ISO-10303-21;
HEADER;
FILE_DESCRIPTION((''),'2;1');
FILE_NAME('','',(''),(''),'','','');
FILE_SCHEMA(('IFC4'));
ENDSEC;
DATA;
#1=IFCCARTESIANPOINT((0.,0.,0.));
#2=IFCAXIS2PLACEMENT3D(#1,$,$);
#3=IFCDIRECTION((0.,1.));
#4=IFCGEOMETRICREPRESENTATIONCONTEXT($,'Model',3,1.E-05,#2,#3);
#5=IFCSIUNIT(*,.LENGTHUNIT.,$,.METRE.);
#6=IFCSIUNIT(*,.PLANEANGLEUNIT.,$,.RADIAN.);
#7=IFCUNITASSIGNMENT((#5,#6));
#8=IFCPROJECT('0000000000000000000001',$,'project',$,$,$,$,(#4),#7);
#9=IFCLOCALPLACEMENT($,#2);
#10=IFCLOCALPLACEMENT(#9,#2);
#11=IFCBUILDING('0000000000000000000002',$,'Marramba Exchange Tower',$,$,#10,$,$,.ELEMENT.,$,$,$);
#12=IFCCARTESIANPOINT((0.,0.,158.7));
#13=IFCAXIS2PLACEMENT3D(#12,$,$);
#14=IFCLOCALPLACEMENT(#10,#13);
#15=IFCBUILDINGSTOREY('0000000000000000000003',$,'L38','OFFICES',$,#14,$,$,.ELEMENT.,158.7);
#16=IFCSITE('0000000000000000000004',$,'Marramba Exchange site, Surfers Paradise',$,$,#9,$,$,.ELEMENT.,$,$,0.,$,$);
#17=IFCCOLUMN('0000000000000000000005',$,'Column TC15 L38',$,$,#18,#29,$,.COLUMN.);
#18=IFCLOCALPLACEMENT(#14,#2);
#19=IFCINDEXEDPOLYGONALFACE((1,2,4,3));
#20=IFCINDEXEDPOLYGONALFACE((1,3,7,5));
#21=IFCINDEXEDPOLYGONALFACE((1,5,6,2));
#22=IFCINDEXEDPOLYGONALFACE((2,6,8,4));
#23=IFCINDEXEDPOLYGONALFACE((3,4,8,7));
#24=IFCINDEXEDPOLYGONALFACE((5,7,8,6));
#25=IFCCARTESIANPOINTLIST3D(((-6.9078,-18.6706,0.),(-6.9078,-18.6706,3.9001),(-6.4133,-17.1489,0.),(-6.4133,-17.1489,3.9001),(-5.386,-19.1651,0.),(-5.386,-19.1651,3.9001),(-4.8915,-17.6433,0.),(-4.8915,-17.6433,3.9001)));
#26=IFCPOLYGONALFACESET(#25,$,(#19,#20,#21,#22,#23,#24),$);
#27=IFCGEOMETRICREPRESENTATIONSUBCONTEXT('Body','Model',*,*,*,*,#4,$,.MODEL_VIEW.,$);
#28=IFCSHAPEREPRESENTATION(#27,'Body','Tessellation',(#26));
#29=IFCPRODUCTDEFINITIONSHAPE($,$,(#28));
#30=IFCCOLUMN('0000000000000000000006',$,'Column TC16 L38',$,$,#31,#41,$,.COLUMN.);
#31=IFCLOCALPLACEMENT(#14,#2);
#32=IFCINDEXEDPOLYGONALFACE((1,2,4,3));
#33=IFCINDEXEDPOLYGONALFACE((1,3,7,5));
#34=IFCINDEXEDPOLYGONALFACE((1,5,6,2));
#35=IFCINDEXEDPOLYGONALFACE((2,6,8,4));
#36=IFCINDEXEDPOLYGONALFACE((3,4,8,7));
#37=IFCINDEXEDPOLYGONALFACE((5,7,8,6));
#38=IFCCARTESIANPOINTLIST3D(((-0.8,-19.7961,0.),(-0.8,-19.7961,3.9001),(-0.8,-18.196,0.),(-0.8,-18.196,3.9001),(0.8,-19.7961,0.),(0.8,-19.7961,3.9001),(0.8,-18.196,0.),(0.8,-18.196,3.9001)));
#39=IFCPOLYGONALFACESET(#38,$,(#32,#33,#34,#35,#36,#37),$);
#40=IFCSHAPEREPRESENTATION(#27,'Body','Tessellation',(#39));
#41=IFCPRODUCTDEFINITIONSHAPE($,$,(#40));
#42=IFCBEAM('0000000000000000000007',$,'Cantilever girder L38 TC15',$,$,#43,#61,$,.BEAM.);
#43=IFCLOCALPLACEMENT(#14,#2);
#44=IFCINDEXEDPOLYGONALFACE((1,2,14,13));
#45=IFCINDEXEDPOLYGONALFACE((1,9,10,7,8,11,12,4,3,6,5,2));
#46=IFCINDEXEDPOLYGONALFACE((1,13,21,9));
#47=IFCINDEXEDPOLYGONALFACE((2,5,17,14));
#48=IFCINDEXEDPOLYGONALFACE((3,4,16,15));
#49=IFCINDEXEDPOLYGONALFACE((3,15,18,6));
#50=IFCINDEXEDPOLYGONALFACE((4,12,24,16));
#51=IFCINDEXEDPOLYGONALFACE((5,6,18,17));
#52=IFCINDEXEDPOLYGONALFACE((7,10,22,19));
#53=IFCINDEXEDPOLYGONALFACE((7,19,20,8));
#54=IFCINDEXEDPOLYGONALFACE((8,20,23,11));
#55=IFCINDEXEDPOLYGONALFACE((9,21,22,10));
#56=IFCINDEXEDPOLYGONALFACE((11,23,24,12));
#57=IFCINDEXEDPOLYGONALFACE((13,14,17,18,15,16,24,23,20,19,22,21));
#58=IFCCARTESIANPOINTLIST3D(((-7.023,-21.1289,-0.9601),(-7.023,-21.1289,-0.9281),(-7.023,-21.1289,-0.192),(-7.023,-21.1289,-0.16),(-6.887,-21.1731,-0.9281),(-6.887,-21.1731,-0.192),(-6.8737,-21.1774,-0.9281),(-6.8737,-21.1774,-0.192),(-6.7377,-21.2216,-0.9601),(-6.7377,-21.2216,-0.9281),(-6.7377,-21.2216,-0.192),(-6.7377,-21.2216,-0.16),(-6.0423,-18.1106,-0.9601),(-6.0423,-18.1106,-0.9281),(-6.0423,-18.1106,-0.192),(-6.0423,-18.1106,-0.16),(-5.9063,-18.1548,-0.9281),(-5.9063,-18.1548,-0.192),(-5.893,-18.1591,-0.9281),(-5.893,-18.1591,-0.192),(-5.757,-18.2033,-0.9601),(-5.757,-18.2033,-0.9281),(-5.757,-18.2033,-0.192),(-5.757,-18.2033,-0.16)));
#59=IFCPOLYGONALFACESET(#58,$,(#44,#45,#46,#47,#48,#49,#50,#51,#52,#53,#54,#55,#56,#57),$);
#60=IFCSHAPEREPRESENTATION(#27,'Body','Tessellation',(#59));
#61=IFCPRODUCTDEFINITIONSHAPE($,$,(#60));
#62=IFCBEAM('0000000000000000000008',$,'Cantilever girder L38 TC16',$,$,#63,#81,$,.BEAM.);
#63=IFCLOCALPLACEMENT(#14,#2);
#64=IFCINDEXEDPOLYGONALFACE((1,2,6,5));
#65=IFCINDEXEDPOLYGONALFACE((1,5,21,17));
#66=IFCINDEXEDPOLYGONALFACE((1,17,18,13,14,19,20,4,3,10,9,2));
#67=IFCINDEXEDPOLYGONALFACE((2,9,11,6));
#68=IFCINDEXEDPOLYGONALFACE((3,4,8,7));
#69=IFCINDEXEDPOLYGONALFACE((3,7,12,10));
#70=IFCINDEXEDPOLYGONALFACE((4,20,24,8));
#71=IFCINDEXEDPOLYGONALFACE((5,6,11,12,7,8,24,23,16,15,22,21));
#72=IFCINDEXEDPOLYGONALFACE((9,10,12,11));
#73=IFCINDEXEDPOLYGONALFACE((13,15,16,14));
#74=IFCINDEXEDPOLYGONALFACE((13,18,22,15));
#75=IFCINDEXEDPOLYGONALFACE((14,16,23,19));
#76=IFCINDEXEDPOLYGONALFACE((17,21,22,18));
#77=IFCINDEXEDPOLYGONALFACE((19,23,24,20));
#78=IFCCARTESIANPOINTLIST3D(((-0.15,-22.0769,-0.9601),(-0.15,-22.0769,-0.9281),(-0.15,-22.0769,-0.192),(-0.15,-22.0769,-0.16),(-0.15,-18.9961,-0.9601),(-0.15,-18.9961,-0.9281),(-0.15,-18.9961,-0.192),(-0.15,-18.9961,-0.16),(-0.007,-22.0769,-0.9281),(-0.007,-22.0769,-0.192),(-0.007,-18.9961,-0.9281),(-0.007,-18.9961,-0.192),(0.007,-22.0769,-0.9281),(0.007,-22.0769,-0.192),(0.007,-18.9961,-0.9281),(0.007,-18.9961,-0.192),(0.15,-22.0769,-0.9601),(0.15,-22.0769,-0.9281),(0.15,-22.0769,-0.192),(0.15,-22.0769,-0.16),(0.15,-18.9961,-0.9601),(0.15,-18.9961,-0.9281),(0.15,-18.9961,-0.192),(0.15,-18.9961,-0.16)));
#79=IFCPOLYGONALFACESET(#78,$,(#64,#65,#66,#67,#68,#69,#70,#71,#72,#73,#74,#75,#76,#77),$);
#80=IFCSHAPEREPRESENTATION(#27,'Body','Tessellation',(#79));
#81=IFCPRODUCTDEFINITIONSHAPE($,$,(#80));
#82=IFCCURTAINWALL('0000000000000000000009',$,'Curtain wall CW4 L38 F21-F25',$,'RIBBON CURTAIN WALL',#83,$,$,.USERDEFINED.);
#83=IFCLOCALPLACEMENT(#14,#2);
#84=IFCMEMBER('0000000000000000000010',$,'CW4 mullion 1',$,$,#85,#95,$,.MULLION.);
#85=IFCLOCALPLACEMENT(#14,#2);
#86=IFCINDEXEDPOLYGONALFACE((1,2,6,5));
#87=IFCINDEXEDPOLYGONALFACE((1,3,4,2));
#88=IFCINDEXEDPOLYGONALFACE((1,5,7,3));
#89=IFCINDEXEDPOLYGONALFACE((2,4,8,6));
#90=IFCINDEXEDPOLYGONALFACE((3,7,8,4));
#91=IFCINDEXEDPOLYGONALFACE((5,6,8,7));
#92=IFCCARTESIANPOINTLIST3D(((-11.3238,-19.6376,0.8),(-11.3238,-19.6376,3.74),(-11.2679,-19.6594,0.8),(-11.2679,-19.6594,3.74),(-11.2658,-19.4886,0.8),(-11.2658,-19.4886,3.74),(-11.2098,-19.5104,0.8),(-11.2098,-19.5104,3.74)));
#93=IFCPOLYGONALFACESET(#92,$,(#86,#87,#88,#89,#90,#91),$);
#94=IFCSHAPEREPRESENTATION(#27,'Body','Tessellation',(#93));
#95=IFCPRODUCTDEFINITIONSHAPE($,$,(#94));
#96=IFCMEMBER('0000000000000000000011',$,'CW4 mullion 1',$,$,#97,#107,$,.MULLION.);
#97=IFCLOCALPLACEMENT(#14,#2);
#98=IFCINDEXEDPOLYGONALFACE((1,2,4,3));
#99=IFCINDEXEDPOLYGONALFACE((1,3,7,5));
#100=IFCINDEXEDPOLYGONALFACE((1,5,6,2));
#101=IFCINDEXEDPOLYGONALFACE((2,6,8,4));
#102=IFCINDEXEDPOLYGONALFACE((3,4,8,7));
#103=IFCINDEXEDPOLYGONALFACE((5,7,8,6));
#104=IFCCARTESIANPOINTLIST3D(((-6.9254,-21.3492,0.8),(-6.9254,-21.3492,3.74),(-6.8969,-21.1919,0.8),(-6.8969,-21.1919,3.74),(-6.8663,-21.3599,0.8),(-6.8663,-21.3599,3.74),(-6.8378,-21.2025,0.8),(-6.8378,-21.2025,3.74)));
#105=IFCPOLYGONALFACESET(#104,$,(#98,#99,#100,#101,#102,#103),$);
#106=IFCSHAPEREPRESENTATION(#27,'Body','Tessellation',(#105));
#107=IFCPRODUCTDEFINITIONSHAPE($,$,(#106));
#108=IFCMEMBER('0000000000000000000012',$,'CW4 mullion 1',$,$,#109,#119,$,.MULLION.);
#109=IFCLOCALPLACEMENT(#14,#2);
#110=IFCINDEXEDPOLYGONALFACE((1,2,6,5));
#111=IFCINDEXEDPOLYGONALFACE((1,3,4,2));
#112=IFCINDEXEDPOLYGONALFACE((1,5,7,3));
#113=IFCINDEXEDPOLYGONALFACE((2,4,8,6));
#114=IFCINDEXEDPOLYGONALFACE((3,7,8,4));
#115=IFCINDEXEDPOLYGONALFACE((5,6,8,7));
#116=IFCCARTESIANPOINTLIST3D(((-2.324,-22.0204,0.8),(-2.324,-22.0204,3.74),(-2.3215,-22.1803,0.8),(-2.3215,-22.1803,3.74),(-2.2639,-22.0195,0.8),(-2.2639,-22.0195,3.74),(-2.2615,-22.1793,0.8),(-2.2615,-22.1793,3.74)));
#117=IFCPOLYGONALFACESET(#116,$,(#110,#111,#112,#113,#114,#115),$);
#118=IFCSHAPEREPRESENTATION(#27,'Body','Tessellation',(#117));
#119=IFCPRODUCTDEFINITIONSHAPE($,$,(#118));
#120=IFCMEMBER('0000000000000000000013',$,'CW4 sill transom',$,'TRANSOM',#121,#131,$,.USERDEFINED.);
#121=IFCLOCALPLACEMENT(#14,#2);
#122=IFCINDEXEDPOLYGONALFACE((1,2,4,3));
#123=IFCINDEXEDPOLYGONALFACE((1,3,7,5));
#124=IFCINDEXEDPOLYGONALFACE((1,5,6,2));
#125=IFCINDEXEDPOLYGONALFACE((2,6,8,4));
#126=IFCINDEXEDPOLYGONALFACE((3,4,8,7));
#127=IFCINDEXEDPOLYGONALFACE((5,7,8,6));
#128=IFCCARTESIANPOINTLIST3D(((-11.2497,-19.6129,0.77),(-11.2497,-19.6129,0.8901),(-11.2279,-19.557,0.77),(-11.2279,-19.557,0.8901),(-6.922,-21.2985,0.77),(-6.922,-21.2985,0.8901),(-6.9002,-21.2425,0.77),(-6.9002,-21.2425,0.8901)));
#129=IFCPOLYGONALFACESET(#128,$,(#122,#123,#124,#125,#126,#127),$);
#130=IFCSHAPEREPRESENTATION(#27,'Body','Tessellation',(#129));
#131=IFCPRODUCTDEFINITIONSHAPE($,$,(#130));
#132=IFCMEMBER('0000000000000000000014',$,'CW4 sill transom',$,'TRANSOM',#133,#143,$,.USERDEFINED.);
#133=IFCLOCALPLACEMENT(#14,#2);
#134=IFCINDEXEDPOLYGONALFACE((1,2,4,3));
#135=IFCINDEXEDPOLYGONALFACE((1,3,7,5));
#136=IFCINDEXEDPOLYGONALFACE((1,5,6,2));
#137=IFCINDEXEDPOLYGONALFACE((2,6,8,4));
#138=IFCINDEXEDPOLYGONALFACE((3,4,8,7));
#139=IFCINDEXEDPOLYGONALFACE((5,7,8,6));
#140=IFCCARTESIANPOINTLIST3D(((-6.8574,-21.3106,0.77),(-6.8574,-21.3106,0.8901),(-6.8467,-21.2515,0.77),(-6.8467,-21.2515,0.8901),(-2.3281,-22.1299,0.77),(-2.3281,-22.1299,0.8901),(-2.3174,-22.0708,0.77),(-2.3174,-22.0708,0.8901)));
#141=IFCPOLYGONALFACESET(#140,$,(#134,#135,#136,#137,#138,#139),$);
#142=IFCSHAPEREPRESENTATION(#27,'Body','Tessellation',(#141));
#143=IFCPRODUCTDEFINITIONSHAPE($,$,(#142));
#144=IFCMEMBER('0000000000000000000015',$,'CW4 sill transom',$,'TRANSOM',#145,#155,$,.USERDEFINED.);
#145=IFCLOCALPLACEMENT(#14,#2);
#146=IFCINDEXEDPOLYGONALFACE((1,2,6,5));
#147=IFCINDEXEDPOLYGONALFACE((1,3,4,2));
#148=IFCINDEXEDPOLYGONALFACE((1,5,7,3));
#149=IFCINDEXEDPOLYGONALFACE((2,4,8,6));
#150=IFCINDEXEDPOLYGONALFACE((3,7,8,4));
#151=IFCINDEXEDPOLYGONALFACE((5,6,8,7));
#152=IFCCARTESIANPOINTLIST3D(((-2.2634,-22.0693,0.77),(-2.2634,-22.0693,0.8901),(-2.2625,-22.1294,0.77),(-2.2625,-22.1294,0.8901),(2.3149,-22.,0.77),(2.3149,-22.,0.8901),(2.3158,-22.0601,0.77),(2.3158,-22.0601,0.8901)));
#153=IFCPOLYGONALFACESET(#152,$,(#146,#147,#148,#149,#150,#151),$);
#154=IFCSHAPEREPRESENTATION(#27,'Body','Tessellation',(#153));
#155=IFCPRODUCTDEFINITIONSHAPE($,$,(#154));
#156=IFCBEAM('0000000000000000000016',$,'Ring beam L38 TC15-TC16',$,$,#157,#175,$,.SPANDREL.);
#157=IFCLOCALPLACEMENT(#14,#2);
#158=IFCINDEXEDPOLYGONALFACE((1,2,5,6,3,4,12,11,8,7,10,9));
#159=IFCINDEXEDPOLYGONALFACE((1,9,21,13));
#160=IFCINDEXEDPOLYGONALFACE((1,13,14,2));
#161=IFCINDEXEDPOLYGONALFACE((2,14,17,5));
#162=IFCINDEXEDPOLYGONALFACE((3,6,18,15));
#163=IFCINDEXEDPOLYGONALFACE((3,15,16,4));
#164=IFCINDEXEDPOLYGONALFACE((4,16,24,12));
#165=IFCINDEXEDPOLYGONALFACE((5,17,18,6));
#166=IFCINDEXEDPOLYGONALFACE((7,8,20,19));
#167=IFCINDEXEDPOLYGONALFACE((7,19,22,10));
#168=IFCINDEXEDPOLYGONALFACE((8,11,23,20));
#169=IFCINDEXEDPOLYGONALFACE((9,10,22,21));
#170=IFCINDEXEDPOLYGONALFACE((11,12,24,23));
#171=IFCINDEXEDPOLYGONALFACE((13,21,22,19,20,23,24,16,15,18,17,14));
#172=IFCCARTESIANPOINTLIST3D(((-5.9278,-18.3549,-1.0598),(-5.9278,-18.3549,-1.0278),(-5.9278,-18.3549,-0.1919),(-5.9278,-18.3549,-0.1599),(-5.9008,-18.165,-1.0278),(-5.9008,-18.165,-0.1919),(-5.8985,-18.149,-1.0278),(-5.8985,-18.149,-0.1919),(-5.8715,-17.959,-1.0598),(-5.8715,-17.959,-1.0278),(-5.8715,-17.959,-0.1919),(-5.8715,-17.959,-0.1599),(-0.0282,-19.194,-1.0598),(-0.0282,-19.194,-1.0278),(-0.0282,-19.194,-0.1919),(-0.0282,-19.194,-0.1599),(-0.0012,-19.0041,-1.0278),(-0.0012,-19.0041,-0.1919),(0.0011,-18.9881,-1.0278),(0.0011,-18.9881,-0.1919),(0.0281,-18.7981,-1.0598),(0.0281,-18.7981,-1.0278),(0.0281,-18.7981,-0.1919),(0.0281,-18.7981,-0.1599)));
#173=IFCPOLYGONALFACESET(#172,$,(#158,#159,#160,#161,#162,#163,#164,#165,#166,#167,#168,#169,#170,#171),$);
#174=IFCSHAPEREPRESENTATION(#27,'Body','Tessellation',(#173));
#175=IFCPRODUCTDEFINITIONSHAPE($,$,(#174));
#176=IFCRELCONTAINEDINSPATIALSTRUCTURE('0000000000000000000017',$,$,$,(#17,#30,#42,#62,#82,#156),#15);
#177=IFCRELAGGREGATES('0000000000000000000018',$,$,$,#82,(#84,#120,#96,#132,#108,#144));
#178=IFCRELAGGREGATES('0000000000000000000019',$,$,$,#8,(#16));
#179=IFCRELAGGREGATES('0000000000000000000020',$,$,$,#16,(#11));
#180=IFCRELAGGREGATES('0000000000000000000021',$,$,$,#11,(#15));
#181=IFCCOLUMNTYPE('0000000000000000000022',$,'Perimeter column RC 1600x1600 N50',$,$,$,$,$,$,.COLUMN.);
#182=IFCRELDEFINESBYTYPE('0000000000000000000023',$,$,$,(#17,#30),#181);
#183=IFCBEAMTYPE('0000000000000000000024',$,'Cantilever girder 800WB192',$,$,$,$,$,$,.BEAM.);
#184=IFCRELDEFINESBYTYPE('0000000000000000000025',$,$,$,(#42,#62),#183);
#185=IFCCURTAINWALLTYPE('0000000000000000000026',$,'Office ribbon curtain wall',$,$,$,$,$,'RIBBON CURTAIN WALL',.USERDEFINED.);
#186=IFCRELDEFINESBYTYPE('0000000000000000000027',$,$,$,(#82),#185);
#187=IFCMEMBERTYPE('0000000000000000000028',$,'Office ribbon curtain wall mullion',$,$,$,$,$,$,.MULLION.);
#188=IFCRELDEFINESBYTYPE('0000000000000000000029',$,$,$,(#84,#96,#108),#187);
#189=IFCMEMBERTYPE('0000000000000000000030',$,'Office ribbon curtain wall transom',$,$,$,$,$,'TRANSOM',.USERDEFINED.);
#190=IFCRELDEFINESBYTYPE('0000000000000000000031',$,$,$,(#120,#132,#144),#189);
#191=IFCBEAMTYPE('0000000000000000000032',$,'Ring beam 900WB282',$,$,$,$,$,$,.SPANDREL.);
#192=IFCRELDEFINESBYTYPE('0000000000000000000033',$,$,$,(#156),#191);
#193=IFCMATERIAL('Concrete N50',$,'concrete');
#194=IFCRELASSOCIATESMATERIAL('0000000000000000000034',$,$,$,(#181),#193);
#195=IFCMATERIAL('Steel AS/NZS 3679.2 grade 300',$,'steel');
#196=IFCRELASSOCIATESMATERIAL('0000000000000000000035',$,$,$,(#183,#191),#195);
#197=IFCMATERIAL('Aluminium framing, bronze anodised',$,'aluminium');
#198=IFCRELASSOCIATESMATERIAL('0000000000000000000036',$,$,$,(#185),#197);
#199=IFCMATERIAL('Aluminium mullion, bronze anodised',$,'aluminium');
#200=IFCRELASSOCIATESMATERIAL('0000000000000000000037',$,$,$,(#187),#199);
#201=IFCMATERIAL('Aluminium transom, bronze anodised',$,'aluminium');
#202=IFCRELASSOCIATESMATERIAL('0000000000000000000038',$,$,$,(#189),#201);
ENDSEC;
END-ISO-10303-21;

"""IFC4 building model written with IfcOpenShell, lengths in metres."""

from ifc_helpers import new_model, si_unit, direction, frame, origin, origin_2d, place, context, subcontext, project, spatial, rectangle, i_section, extrude, material, material_profile, profile_set, type_object, element, aggregate, save


model = new_model("IFC4")

# Units and contexts
model_context = context("Model", 3, precision=1e-05, world=origin(), true_north=direction((0.0, 1.0)))
body_context = subcontext(model_context, "Body", "Model", "MODEL_VIEW")
ifc_project = project(units=[si_unit("LENGTHUNIT", "METRE"), si_unit("PLANEANGLEUNIT", "RADIAN")], contexts=[model_context])

# Site, building, storey
site_placement = place(None, origin())
site = spatial("IfcSite", under=ifc_project, at=site_placement, Name="Marramba Exchange site, Surfers Paradise", CompositionType="ELEMENT", RefElevation=0.0)
building_placement = place(site_placement, origin())
building = spatial("IfcBuilding", under=site, at=building_placement, Name="Marramba Exchange Tower", CompositionType="ELEMENT")
storey_placement = place(building_placement, frame((0.0, 0.0, 158.7)))
storey = spatial("IfcBuildingStorey", under=building, at=storey_placement, Name="L38", Description="OFFICES", CompositionType="ELEMENT", Elevation=158.7)

# Columns
ifc_material_1 = material(Name="Concrete N50", Category="concrete")
ifc_material_profile_1 = material_profile(ifc_material_1, rectangle(XDim=1.6001, YDim=1.6001, at=origin_2d()), Name="RC 1600x1600")
ifc_profile_set_1 = profile_set([ifc_material_profile_1], Name="Concrete N50")
column_type = type_object("IfcColumnType", Name="Perimeter column RC 1600x1600 N50", PredefinedType="COLUMN", material=ifc_profile_set_1)
for number, where, z_axis, x_axis, name in (
    (1, (-5.8997, -18.157, 0.0), (0.0, 0.0, 1.0), (-0.309017, -0.951057, 0.0), "Column TC15 L38"),
    (2, (0.0, -18.9961, 0.0), (0.0, 0.0, 1.0), (0.0, -1.0, 0.0), "Column TC16 L38"),
):
    element("IfcColumn", number, at=place(storey_placement, frame(where, z_axis=z_axis, x_axis=x_axis)), inside=storey, type_object=column_type, Name=name, PredefinedType="COLUMN", context=body_context, shape_type="SweptSolid", body=[
        extrude(rectangle(XDim=1.6001, YDim=1.6001, at=origin_2d()), origin(), (0.0, 0.0, 1.0), 3.9001),
    ])

# Beams
ifc_material_2 = material(Name="Steel AS/NZS 3679.2 grade 300", Category="steel")
ifc_material_profile_2 = material_profile(ifc_material_2, i_section(OverallWidth=0.3, OverallDepth=0.8, WebThickness=0.0139, FlangeThickness=0.032, at=origin_2d()), Name="800WB192")
ifc_profile_set_2 = profile_set([ifc_material_profile_2], Name="Steel AS/NZS 3679.2 grade 300")
beam_type_1 = type_object("IfcBeamType", Name="Cantilever girder 800WB192", PredefinedType="BEAM", material=ifc_profile_set_2)
beam_1_placement = place(storey_placement, frame((-5.8997, -18.157, -0.5601), z_axis=(-0.309018, -0.951056, 0.0), x_axis=(0.951056, -0.309018, 0.0)))
element("IfcBeam", 3, at=beam_1_placement, inside=storey, type_object=beam_type_1, Name="Cantilever girder L38 TC15", PredefinedType="BEAM", context=body_context, shape_type="SweptSolid", body=[
    extrude(i_section(OverallWidth=0.3, OverallDepth=0.8, WebThickness=0.0139, FlangeThickness=0.032, at=origin_2d()), origin(), (0.0, 0.0, 1.0), 3.1736),
])
beam_2_placement = place(storey_placement, frame((0.0, -18.9961, -0.5601), z_axis=(0.0, -1.0, 0.0), x_axis=(1.0, 0.0, 0.0)))
element("IfcBeam", 4, at=beam_2_placement, inside=storey, type_object=beam_type_1, Name="Cantilever girder L38 TC16", PredefinedType="BEAM", context=body_context, shape_type="SweptSolid", body=[
    extrude(i_section(OverallWidth=0.3, OverallDepth=0.8, WebThickness=0.0139, FlangeThickness=0.032, at=origin_2d()), origin(), (0.0, 0.0, 1.0), 3.0808),
])

# Curtain wall, members
ifc_material_3 = material(Name="Aluminium framing, bronze anodised", Category="aluminium")
curtain_wall_type = type_object("IfcCurtainWallType", Name="Office ribbon curtain wall", ElementType="RIBBON CURTAIN WALL", PredefinedType="USERDEFINED", material=ifc_material_3)
curtain_wall_placement = place(storey_placement, origin())
curtain_wall = element("IfcCurtainWall", 5, at=curtain_wall_placement, inside=storey, type_object=curtain_wall_type, Name="Curtain wall CW4 L38 F21-F25", ObjectType="RIBBON CURTAIN WALL", PredefinedType="USERDEFINED")
ifc_material_4 = material(Name="Aluminium mullion, bronze anodised", Category="aluminium")
ifc_material_profile_3 = material_profile(ifc_material_4, rectangle(XDim=0.1599, YDim=0.0601, at=origin_2d()), Name="CW4 mullion 60x160")
ifc_profile_set_3 = profile_set([ifc_material_profile_3], Name="Aluminium mullion, bronze anodised")
member_type_1 = type_object("IfcMemberType", Name="Office ribbon curtain wall mullion", PredefinedType="MULLION", material=ifc_profile_set_3)
member_1_placement = place(storey_placement, frame((-11.2668, -19.574, 0.8), z_axis=(0.0, 0.0, 1.0), x_axis=(0.362925, 0.931818, 0.0)))
member_1 = element("IfcMember", 6, at=member_1_placement, type_object=member_type_1, Name="CW4 mullion 1", PredefinedType="MULLION", context=body_context, shape_type="SweptSolid", body=[
    extrude(rectangle(XDim=0.1599, YDim=0.0601, at=origin_2d()), origin(), (0.0, 0.0, 1.0), 2.9399),
])
member_2_placement = place(storey_placement, frame((-6.8816, -21.2759, 0.8), z_axis=(0.0, 0.0, 1.0), x_axis=(0.177992, 0.984032, 0.0)))
member_2 = element("IfcMember", 7, at=member_2_placement, type_object=member_type_1, Name="CW4 mullion 1", PredefinedType="MULLION", context=body_context, shape_type="SweptSolid", body=[
    extrude(rectangle(XDim=0.1599, YDim=0.0601, at=origin_2d()), origin(), (0.0, 0.0, 1.0), 2.9399),
])
member_3_placement = place(storey_placement, frame((-2.2927, -22.0999, 0.8), z_axis=(0.0, 0.0, 1.0), x_axis=(-0.015179, 0.999885, 0.0)))
member_3 = element("IfcMember", 8, at=member_3_placement, type_object=member_type_1, Name="CW4 mullion 1", PredefinedType="MULLION", context=body_context, shape_type="SweptSolid", body=[
    extrude(rectangle(XDim=0.1599, YDim=0.0601, at=origin_2d()), origin(), (0.0, 0.0, 1.0), 2.9399),
])
ifc_material_5 = material(Name="Aluminium transom, bronze anodised", Category="aluminium")
ifc_material_profile_4 = material_profile(ifc_material_5, rectangle(XDim=0.0601, YDim=0.1201, at=origin_2d()), Name="CW4 transom 60x120")
ifc_profile_set_4 = profile_set([ifc_material_profile_4], Name="Aluminium transom, bronze anodised")
member_type_2 = type_object("IfcMemberType", Name="Office ribbon curtain wall transom", ElementType="TRANSOM", PredefinedType="USERDEFINED", material=ifc_profile_set_4)
member_4_placement = place(storey_placement, frame((-11.2388, -19.585, 0.8301), z_axis=(0.931817, -0.362928, 0.0), x_axis=(0.362928, 0.931817, 0.0)))
member_4 = element("IfcMember", 9, at=member_4_placement, type_object=member_type_2, Name="CW4 sill transom", ObjectType="TRANSOM", PredefinedType="USERDEFINED", context=body_context, shape_type="SweptSolid", body=[
    extrude(rectangle(XDim=0.0601, YDim=0.1201, at=origin_2d()), origin(), (0.0, 0.0, 1.0), 4.6443),
])
member_5_placement = place(storey_placement, frame((-6.8521, -21.281, 0.8301), z_axis=(0.984029, -0.178008, 0.0), x_axis=(0.178008, 0.984029, 0.0)))
member_5 = element("IfcMember", 10, at=member_5_placement, type_object=member_type_2, Name="CW4 sill transom", ObjectType="TRANSOM", PredefinedType="USERDEFINED", context=body_context, shape_type="SweptSolid", body=[
    extrude(rectangle(XDim=0.0601, YDim=0.1201, at=origin_2d()), origin(), (0.0, 0.0, 1.0), 4.6028),
])
member_6_placement = place(storey_placement, frame((-2.2629, -22.0994, 0.8301), z_axis=(0.999885, 0.015143, 0.0), x_axis=(-0.015143, 0.999885, 0.0)))
member_6 = element("IfcMember", 11, at=member_6_placement, type_object=member_type_2, Name="CW4 sill transom", ObjectType="TRANSOM", PredefinedType="USERDEFINED", context=body_context, shape_type="SweptSolid", body=[
    extrude(rectangle(XDim=0.0601, YDim=0.1201, at=origin_2d()), origin(), (0.0, 0.0, 1.0), 4.5789),
])

# Beam
ifc_material_profile_5 = material_profile(ifc_material_2, i_section(OverallWidth=0.3999, OverallDepth=0.8999, WebThickness=0.0161, FlangeThickness=0.032, at=origin_2d()), Name="900WB282")
ifc_profile_set_5 = profile_set([ifc_material_profile_5], Name="Steel AS/NZS 3679.2 grade 300")
beam_type_2 = type_object("IfcBeamType", Name="Ring beam 900WB282", PredefinedType="SPANDREL", material=ifc_profile_set_5)
for number, where, z_axis, x_axis, name in (
    (12, (-5.8997, -18.157, -0.6099), (0.990036, -0.140813, 0.0), (0.140813, 0.990036, 0.0), "Ring beam L38 TC15-TC16"),
):
    element("IfcBeam", number, at=place(storey_placement, frame(where, z_axis=z_axis, x_axis=x_axis)), inside=storey, type_object=beam_type_2, Name=name, PredefinedType="SPANDREL", context=body_context, shape_type="SweptSolid", body=[
        extrude(i_section(OverallWidth=0.3999, OverallDepth=0.8999, WebThickness=0.0161, FlangeThickness=0.032, at=origin_2d()), origin(), (0.0, 0.0, 1.0), 5.959),
    ])

aggregate(curtain_wall, [member_1, member_4, member_2, member_5, member_3, member_6])

save(model, "model.ifc")
